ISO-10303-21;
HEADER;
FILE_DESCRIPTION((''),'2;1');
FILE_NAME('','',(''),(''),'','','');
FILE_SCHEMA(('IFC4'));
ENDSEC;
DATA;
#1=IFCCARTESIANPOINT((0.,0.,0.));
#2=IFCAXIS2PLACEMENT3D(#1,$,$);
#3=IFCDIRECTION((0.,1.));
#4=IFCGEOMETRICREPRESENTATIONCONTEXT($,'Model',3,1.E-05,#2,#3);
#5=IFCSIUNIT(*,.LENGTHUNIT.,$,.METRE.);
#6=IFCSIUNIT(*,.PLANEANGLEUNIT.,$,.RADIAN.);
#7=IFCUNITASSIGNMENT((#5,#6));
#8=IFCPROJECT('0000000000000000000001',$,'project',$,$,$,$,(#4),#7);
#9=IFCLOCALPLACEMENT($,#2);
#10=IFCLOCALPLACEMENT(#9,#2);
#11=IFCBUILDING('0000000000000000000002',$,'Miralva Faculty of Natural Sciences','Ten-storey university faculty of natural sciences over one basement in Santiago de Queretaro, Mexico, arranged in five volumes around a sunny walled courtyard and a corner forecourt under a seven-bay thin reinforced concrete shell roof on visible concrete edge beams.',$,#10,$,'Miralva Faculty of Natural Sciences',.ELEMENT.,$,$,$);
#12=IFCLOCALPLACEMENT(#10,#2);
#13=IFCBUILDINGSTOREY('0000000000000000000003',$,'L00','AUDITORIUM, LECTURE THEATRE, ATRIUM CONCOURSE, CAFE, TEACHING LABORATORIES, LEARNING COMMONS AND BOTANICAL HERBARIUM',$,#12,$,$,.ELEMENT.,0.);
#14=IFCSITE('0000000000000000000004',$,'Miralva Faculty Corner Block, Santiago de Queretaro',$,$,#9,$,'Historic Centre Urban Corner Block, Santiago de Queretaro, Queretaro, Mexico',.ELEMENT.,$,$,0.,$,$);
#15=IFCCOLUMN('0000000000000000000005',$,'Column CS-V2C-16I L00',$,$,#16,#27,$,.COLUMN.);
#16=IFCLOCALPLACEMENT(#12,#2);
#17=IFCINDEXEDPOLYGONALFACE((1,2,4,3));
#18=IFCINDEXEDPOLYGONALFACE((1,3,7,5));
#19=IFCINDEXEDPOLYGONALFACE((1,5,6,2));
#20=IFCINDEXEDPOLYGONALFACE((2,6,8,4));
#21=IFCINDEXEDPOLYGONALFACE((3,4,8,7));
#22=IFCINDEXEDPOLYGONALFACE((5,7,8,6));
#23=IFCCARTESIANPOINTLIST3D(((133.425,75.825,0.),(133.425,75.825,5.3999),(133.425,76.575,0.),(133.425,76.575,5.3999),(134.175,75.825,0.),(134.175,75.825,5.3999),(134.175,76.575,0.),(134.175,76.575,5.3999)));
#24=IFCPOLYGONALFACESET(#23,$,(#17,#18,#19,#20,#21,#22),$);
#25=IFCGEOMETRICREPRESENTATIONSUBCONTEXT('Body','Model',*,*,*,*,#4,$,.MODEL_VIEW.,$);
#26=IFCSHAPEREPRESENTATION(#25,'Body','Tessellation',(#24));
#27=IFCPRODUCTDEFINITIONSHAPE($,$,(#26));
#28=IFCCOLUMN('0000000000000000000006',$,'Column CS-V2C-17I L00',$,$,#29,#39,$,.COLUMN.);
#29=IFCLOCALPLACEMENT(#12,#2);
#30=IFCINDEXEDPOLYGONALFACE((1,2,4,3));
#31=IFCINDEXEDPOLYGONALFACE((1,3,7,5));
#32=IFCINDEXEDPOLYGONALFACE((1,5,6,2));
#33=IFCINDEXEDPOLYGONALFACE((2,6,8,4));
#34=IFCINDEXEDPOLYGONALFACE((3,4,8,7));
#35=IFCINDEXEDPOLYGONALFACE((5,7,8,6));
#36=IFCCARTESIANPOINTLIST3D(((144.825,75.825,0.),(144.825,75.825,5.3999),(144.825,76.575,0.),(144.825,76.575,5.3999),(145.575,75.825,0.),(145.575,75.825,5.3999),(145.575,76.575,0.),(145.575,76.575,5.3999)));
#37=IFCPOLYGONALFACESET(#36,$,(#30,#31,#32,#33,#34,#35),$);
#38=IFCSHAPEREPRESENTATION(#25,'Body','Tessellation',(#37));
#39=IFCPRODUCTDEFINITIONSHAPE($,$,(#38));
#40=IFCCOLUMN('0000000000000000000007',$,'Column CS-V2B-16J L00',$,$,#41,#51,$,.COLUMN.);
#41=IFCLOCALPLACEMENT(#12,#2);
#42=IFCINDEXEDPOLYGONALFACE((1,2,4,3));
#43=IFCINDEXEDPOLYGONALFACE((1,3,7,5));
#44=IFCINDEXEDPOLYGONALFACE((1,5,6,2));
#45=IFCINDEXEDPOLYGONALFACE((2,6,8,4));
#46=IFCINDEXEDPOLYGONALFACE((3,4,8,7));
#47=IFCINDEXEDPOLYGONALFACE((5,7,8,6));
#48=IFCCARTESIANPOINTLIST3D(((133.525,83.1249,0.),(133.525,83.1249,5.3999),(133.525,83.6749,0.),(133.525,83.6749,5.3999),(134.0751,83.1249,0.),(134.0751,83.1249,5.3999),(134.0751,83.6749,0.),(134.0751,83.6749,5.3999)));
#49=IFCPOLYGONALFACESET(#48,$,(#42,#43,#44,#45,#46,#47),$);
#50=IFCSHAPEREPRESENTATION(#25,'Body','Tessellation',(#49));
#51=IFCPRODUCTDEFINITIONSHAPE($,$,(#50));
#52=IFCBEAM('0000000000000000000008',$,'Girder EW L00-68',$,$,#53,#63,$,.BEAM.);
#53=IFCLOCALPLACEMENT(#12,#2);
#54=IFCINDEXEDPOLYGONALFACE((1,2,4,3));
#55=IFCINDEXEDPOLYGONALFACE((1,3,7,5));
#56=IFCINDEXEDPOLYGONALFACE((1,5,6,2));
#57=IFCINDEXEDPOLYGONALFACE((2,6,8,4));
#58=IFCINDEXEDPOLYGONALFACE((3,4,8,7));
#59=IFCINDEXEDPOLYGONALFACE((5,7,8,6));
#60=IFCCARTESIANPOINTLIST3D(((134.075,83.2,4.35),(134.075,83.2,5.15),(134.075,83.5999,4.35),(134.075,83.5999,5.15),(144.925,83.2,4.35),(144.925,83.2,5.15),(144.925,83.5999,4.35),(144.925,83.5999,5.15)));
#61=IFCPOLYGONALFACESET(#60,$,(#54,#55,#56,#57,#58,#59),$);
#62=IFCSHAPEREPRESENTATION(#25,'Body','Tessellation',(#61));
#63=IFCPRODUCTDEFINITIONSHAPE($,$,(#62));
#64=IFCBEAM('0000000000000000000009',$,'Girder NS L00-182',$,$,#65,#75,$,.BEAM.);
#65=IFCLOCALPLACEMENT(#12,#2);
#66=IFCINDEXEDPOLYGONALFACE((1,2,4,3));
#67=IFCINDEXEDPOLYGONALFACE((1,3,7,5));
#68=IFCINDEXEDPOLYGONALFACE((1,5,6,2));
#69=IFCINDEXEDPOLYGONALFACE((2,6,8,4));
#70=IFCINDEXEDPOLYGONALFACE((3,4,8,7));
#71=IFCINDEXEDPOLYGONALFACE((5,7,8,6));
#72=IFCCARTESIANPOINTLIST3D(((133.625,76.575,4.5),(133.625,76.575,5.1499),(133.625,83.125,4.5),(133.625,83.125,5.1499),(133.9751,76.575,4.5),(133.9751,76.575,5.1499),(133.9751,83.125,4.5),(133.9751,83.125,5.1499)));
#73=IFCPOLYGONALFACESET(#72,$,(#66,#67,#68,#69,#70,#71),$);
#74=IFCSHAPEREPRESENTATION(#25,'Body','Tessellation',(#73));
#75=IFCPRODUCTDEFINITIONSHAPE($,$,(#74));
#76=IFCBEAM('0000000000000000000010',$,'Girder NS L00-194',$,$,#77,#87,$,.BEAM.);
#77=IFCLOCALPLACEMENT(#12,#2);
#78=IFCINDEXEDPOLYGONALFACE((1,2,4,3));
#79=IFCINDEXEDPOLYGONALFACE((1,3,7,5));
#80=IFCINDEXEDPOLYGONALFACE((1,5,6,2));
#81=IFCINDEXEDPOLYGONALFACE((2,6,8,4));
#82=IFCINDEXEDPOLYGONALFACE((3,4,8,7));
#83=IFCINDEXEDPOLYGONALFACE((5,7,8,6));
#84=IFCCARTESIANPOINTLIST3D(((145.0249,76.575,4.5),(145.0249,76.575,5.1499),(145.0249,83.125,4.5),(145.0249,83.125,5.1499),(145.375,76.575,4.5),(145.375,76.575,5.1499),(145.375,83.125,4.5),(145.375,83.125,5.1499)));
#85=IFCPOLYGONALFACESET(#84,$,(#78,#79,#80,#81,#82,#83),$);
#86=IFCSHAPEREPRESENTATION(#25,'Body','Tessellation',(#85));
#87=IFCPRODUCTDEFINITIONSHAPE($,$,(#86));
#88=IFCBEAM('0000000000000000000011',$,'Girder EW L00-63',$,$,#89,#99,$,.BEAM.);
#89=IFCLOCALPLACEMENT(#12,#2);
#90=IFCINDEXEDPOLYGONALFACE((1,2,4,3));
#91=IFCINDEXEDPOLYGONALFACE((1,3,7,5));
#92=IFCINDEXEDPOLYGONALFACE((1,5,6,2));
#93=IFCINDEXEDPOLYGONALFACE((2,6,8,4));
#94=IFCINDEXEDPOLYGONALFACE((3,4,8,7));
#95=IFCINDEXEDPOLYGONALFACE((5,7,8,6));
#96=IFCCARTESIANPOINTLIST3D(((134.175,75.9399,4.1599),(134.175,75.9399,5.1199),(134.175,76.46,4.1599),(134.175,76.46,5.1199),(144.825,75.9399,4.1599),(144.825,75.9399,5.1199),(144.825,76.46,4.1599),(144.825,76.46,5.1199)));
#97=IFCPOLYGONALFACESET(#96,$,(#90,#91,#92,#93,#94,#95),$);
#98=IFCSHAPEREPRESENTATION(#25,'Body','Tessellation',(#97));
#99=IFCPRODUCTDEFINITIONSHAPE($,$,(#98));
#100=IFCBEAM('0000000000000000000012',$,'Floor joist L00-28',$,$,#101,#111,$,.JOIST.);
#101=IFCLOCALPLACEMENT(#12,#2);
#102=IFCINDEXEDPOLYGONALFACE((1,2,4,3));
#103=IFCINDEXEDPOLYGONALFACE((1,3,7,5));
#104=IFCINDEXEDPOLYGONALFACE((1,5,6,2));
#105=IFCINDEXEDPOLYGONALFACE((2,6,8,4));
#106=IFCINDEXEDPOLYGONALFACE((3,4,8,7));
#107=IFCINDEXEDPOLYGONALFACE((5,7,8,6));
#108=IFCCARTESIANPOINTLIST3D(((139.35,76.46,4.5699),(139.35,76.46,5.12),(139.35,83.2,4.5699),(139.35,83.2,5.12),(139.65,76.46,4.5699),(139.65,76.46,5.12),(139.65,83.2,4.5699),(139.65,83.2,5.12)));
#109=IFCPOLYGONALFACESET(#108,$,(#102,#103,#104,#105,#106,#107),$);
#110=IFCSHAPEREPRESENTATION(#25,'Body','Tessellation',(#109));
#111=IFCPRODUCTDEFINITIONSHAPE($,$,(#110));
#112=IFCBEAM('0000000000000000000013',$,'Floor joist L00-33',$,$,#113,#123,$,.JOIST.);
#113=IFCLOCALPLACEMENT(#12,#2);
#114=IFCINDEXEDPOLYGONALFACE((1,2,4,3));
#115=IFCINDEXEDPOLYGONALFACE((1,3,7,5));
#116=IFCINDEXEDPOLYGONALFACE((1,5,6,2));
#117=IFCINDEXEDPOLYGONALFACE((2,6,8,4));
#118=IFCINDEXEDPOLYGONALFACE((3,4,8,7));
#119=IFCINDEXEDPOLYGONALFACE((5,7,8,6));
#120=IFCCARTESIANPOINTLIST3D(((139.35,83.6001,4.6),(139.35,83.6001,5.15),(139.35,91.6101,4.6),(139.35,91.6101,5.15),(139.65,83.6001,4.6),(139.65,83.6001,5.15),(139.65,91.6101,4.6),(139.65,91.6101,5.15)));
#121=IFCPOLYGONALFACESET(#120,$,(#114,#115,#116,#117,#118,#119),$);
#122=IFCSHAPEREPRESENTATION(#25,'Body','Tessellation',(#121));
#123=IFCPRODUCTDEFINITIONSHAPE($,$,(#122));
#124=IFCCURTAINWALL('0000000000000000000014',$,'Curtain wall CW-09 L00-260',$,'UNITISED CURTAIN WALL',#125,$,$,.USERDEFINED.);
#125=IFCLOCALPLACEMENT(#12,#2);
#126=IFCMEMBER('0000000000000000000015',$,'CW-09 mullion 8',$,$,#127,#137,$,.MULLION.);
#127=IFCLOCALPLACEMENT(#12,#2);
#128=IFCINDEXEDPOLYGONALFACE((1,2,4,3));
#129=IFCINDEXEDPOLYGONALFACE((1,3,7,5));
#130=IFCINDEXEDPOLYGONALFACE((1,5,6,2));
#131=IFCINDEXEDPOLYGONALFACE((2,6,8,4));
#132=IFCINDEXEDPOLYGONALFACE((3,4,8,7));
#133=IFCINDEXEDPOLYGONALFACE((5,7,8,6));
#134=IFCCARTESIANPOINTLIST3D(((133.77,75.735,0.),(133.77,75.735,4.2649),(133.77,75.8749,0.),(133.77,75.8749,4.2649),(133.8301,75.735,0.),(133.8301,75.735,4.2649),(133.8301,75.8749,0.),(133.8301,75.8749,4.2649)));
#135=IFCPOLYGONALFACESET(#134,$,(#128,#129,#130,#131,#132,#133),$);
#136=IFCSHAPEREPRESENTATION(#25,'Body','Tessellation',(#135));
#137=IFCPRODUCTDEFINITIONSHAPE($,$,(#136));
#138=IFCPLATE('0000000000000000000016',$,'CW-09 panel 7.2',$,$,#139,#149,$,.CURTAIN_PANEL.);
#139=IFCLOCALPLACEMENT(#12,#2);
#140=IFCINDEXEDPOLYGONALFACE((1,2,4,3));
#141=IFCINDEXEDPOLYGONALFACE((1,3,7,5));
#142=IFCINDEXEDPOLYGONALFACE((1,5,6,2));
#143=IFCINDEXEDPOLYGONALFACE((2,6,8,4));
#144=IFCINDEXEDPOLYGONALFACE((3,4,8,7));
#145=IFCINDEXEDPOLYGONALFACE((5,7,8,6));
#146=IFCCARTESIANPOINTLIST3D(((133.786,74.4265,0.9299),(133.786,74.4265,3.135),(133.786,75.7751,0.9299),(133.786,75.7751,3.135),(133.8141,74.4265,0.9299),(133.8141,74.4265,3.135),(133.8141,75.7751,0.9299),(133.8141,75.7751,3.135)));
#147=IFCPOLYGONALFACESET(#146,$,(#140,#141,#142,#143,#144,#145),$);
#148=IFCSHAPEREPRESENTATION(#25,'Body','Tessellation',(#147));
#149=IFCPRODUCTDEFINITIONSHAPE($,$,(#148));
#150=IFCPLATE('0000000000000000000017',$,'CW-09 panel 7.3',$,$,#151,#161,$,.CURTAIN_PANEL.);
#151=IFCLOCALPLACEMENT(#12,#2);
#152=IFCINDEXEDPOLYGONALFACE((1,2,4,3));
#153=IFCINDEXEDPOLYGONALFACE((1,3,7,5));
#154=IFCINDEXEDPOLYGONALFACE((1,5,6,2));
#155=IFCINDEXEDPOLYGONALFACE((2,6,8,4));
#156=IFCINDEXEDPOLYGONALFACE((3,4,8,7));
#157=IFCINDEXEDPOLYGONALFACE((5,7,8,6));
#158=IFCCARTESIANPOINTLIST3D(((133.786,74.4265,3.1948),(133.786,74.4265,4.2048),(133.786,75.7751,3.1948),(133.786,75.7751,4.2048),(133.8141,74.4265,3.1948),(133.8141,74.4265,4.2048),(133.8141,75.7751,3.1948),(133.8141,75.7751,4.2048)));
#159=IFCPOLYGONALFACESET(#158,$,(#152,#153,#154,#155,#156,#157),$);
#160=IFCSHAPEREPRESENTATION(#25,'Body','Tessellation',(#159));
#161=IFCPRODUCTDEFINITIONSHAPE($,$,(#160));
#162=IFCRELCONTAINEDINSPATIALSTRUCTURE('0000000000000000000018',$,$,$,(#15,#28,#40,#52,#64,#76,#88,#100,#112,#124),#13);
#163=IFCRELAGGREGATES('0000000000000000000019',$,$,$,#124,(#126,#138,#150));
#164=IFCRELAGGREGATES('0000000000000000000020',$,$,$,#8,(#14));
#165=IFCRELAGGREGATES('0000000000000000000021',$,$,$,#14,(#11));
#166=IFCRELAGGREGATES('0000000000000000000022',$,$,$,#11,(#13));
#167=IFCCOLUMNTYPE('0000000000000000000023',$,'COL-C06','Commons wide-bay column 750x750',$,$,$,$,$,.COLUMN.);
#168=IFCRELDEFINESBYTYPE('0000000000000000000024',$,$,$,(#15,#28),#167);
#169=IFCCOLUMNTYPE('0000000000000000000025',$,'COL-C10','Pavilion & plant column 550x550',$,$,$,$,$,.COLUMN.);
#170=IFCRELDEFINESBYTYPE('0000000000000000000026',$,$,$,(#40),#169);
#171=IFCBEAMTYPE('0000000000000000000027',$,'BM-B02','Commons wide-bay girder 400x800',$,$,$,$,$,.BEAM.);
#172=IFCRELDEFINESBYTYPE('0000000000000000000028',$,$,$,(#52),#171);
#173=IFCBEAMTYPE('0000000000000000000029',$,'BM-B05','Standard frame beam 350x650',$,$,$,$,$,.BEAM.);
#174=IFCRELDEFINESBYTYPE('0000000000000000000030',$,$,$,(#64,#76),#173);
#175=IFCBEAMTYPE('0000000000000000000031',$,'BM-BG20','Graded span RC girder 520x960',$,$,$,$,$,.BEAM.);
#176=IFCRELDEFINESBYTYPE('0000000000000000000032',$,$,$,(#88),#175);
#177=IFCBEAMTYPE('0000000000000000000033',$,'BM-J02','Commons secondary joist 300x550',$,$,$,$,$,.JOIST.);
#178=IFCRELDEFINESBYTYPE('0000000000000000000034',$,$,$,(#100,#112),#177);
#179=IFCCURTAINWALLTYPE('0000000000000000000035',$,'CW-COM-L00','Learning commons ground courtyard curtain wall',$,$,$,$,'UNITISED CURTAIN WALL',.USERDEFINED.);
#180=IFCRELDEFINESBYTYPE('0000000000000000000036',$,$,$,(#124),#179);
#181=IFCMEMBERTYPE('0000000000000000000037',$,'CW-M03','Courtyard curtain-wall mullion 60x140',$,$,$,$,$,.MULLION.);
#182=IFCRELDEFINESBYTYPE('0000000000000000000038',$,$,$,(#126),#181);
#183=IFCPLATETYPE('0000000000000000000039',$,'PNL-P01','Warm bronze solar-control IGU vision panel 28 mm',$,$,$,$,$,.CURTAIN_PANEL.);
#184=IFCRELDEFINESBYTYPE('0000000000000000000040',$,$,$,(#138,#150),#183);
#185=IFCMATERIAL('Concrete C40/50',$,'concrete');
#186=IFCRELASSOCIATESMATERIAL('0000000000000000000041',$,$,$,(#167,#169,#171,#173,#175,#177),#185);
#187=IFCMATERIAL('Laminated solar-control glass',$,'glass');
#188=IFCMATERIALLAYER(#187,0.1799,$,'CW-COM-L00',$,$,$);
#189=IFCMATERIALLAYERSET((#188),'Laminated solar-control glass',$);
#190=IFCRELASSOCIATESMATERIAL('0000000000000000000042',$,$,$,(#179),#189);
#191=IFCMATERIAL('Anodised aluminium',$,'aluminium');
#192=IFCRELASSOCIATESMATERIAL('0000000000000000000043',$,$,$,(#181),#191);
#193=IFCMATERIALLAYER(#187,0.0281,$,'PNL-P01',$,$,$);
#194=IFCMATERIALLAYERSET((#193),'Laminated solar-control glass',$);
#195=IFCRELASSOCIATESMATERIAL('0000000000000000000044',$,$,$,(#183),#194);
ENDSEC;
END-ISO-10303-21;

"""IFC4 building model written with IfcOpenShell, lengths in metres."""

from ifc_helpers import new_model, si_unit, direction, frame, origin, origin_2d, place, context, subcontext, project, spatial, rectangle, extrude, material, layer, layer_set, material_profile, profile_set, type_object, element, aggregate, save


model = new_model("IFC4")

# Units and contexts
model_context = context("Model", 3, precision=1e-05, world=origin(), true_north=direction((0.0, 1.0)))
body_context = subcontext(model_context, "Body", "Model", "MODEL_VIEW")
ifc_project = project(units=[si_unit("LENGTHUNIT", "METRE"), si_unit("PLANEANGLEUNIT", "RADIAN")], contexts=[model_context])

# Site, building, storey
site_placement = place(None, origin())
site = spatial("IfcSite", under=ifc_project, at=site_placement, Name="Miralva Faculty Corner Block, Santiago de Queretaro", LongName="Historic Centre Urban Corner Block, Santiago de Queretaro, Queretaro, Mexico", CompositionType="ELEMENT", RefElevation=0.0)
building_placement = place(site_placement, origin())
building = spatial("IfcBuilding", under=site, at=building_placement, Name="Miralva Faculty of Natural Sciences", Description="Ten-storey university faculty of natural sciences over one basement in Santiago de Queretaro, Mexico, arranged in five volumes around a sunny walled courtyard and a corner forecourt under a seven-bay thin reinforced concrete shell roof on visible concrete edge beams.", LongName="Miralva Faculty of Natural Sciences", CompositionType="ELEMENT")
storey_placement = place(building_placement, origin())
storey = spatial("IfcBuildingStorey", under=building, at=storey_placement, Name="L00", Description="AUDITORIUM, LECTURE THEATRE, ATRIUM CONCOURSE, CAFE, TEACHING LABORATORIES, LEARNING COMMONS AND BOTANICAL HERBARIUM", CompositionType="ELEMENT", Elevation=0.0)

# Columns
ifc_material_1 = material(Name="Concrete C40/50", Category="concrete")
ifc_material_profile_1 = material_profile(ifc_material_1, rectangle(XDim=0.75, YDim=0.75, at=origin_2d()), Name="RC 750x750")
ifc_profile_set_1 = profile_set([ifc_material_profile_1], Name="Concrete C40/50")
column_type_1 = type_object("IfcColumnType", Name="COL-C06", Description="Commons wide-bay column 750x750", PredefinedType="COLUMN", material=ifc_profile_set_1)
for number, where, z_axis, x_axis, name in (
    (1, (133.8, 76.2, 0.0), (0.0, 0.0, 1.0), (1.0, 0.0, 0.0), "Column CS-V2C-16I L00"),
    (2, (145.2, 76.2, 0.0), (0.0, 0.0, 1.0), (1.0, 0.0, 0.0), "Column CS-V2C-17I L00"),
):
    element("IfcColumn", number, at=place(storey_placement, frame(where, z_axis=z_axis, x_axis=x_axis)), inside=storey, type_object=column_type_1, Name=name, PredefinedType="COLUMN", context=body_context, shape_type="SweptSolid", body=[
        extrude(rectangle(XDim=0.75, YDim=0.75, at=origin_2d()), origin(), (0.0, 0.0, 1.0), 5.3999),
    ])
ifc_material_profile_2 = material_profile(ifc_material_1, rectangle(XDim=0.55, YDim=0.55, at=origin_2d()), Name="RC 550x550")
ifc_profile_set_2 = profile_set([ifc_material_profile_2], Name="Concrete C40/50")
column_type_2 = type_object("IfcColumnType", Name="COL-C10", Description="Pavilion & plant column 550x550", PredefinedType="COLUMN", material=ifc_profile_set_2)
column_placement = place(storey_placement, frame((133.8, 83.3999, 0.0), z_axis=(0.0, 0.0, 1.0), x_axis=(1.0, 0.0, 0.0)))
element("IfcColumn", 3, at=column_placement, inside=storey, type_object=column_type_2, Name="Column CS-V2B-16J L00", PredefinedType="COLUMN", context=body_context, shape_type="SweptSolid", body=[
    extrude(rectangle(XDim=0.55, YDim=0.55, at=origin_2d()), origin(), (0.0, 0.0, 1.0), 5.3999),
])

# Beams
ifc_material_profile_3 = material_profile(ifc_material_1, rectangle(XDim=0.3999, YDim=0.8, at=origin_2d()), Name="RC 400x800")
ifc_profile_set_3 = profile_set([ifc_material_profile_3], Name="Concrete C40/50")
beam_type_1 = type_object("IfcBeamType", Name="BM-B02", Description="Commons wide-bay girder 400x800", PredefinedType="BEAM", material=ifc_profile_set_3)
beam_1_placement = place(storey_placement, frame((134.075, 83.3999, 4.75), z_axis=(1.0, 0.0, 0.0), x_axis=(0.0, 1.0, 0.0)))
element("IfcBeam", 4, at=beam_1_placement, inside=storey, type_object=beam_type_1, Name="Girder EW L00-68", PredefinedType="BEAM", context=body_context, shape_type="SweptSolid", body=[
    extrude(rectangle(XDim=0.3999, YDim=0.8, at=origin_2d()), origin(), (0.0, 0.0, 1.0), 10.8501),
])
ifc_material_profile_4 = material_profile(ifc_material_1, rectangle(XDim=0.3501, YDim=0.6499, at=origin_2d()), Name="RC 350x650")
ifc_profile_set_4 = profile_set([ifc_material_profile_4], Name="Concrete C40/50")
beam_type_2 = type_object("IfcBeamType", Name="BM-B05", Description="Standard frame beam 350x650", PredefinedType="BEAM", material=ifc_profile_set_4)
for number, where, z_axis, x_axis, name in (
    (5, (133.8, 76.575, 4.825), (0.0, 1.0, 0.0), (-1.0, 0.0, 0.0), "Girder NS L00-182"),
    (6, (145.2, 76.575, 4.825), (0.0, 1.0, 0.0), (-1.0, 0.0, 0.0), "Girder NS L00-194"),
):
    element("IfcBeam", number, at=place(storey_placement, frame(where, z_axis=z_axis, x_axis=x_axis)), inside=storey, type_object=beam_type_2, Name=name, PredefinedType="BEAM", context=body_context, shape_type="SweptSolid", body=[
        extrude(rectangle(XDim=0.3501, YDim=0.6499, at=origin_2d()), origin(), (0.0, 0.0, 1.0), 6.55),
    ])
ifc_material_profile_5 = material_profile(ifc_material_1, rectangle(XDim=0.52, YDim=0.96, at=origin_2d()), Name="RC 520x960")
ifc_profile_set_5 = profile_set([ifc_material_profile_5], Name="Concrete C40/50")
beam_type_3 = type_object("IfcBeamType", Name="BM-BG20", Description="Graded span RC girder 520x960", PredefinedType="BEAM", material=ifc_profile_set_5)
beam_2_placement = place(storey_placement, frame((134.175, 76.2, 4.6399), z_axis=(1.0, 0.0, 0.0), x_axis=(0.0, 1.0, 0.0)))
element("IfcBeam", 7, at=beam_2_placement, inside=storey, type_object=beam_type_3, Name="Girder EW L00-63", PredefinedType="BEAM", context=body_context, shape_type="SweptSolid", body=[
    extrude(rectangle(XDim=0.52, YDim=0.96, at=origin_2d()), origin(), (0.0, 0.0, 1.0), 10.6499),
])
ifc_material_profile_6 = material_profile(ifc_material_1, rectangle(XDim=0.3, YDim=0.55, at=origin_2d()), Name="RC 300x550")
ifc_profile_set_6 = profile_set([ifc_material_profile_6], Name="Concrete C40/50")
beam_type_4 = type_object("IfcBeamType", Name="BM-J02", Description="Commons secondary joist 300x550", PredefinedType="JOIST", material=ifc_profile_set_6)
beam_3_placement = place(storey_placement, frame((139.5, 76.46, 4.845), z_axis=(0.0, 1.0, 0.0), x_axis=(-1.0, 0.0, 0.0)))
element("IfcBeam", 8, at=beam_3_placement, inside=storey, type_object=beam_type_4, Name="Floor joist L00-28", PredefinedType="JOIST", context=body_context, shape_type="SweptSolid", body=[
    extrude(rectangle(XDim=0.3, YDim=0.55, at=origin_2d()), origin(), (0.0, 0.0, 1.0), 6.74),
])
beam_4_placement = place(storey_placement, frame((139.5, 83.6001, 4.875), z_axis=(0.0, 1.0, 0.0), x_axis=(-1.0, 0.0, 0.0)))
element("IfcBeam", 9, at=beam_4_placement, inside=storey, type_object=beam_type_4, Name="Floor joist L00-33", PredefinedType="JOIST", context=body_context, shape_type="SweptSolid", body=[
    extrude(rectangle(XDim=0.3, YDim=0.55, at=origin_2d()), origin(), (0.0, 0.0, 1.0), 8.01),
])

# Curtain wall, member, plates
ifc_material_2 = material(Name="Laminated solar-control glass", Category="glass")
ifc_layer_1 = layer(ifc_material_2, 0.1799, Name="CW-COM-L00")
ifc_layer_set_1 = layer_set([ifc_layer_1], Name="Laminated solar-control glass")
curtain_wall_type = type_object("IfcCurtainWallType", Name="CW-COM-L00", Description="Learning commons ground courtyard curtain wall", ElementType="UNITISED CURTAIN WALL", PredefinedType="USERDEFINED", material=ifc_layer_set_1)
curtain_wall_placement = place(storey_placement, origin())
curtain_wall = element("IfcCurtainWall", 10, at=curtain_wall_placement, inside=storey, type_object=curtain_wall_type, Name="Curtain wall CW-09 L00-260", ObjectType="UNITISED CURTAIN WALL", PredefinedType="USERDEFINED")
ifc_material_3 = material(Name="Anodised aluminium", Category="aluminium")
ifc_material_profile_7 = material_profile(ifc_material_3, rectangle(XDim=0.0601, YDim=0.1399, at=origin_2d()), Name="MULLION 60x140")
ifc_profile_set_7 = profile_set([ifc_material_profile_7], Name="Anodised aluminium")
member_type = type_object("IfcMemberType", Name="CW-M03", Description="Courtyard curtain-wall mullion 60x140", PredefinedType="MULLION", material=ifc_profile_set_7)
member_placement = place(storey_placement, frame((133.8, 75.8049, 0.0), z_axis=(0.0, 0.0, 1.0), x_axis=(-1.0, 0.0, 0.0)))
member = element("IfcMember", 11, at=member_placement, type_object=member_type, Name="CW-09 mullion 8", PredefinedType="MULLION", context=body_context, shape_type="SweptSolid", body=[
    extrude(rectangle(XDim=0.0601, YDim=0.1399, at=origin_2d()), origin(), (0.0, 0.0, 1.0), 4.2649),
])
ifc_layer_2 = layer(ifc_material_2, 0.0281, Name="PNL-P01")
ifc_layer_set_2 = layer_set([ifc_layer_2], Name="Laminated solar-control glass")
plate_type = type_object("IfcPlateType", Name="PNL-P01", Description="Warm bronze solar-control IGU vision panel 28 mm", PredefinedType="CURTAIN_PANEL", material=ifc_layer_set_2)
plate_1_placement = place(storey_placement, frame((133.8, 75.1008, 0.9299), z_axis=(0.0, 0.0, 1.0), x_axis=(0.0, 1.0, 0.0)))
plate_1 = element("IfcPlate", 12, at=plate_1_placement, type_object=plate_type, Name="CW-09 panel 7.2", PredefinedType="CURTAIN_PANEL", context=body_context, shape_type="SweptSolid", body=[
    extrude(rectangle(XDim=1.3486, YDim=0.0281, at=origin_2d()), origin(), (0.0, 0.0, 1.0), 2.2051),
])
plate_2_placement = place(storey_placement, frame((133.8, 75.1008, 3.1948), z_axis=(0.0, 0.0, 1.0), x_axis=(0.0, 1.0, 0.0)))
plate_2 = element("IfcPlate", 13, at=plate_2_placement, type_object=plate_type, Name="CW-09 panel 7.3", PredefinedType="CURTAIN_PANEL", context=body_context, shape_type="SweptSolid", body=[
    extrude(rectangle(XDim=1.3486, YDim=0.0281, at=origin_2d()), origin(), (0.0, 0.0, 1.0), 1.01),
])
aggregate(curtain_wall, [member, plate_1, plate_2])

save(model, "model.ifc")
